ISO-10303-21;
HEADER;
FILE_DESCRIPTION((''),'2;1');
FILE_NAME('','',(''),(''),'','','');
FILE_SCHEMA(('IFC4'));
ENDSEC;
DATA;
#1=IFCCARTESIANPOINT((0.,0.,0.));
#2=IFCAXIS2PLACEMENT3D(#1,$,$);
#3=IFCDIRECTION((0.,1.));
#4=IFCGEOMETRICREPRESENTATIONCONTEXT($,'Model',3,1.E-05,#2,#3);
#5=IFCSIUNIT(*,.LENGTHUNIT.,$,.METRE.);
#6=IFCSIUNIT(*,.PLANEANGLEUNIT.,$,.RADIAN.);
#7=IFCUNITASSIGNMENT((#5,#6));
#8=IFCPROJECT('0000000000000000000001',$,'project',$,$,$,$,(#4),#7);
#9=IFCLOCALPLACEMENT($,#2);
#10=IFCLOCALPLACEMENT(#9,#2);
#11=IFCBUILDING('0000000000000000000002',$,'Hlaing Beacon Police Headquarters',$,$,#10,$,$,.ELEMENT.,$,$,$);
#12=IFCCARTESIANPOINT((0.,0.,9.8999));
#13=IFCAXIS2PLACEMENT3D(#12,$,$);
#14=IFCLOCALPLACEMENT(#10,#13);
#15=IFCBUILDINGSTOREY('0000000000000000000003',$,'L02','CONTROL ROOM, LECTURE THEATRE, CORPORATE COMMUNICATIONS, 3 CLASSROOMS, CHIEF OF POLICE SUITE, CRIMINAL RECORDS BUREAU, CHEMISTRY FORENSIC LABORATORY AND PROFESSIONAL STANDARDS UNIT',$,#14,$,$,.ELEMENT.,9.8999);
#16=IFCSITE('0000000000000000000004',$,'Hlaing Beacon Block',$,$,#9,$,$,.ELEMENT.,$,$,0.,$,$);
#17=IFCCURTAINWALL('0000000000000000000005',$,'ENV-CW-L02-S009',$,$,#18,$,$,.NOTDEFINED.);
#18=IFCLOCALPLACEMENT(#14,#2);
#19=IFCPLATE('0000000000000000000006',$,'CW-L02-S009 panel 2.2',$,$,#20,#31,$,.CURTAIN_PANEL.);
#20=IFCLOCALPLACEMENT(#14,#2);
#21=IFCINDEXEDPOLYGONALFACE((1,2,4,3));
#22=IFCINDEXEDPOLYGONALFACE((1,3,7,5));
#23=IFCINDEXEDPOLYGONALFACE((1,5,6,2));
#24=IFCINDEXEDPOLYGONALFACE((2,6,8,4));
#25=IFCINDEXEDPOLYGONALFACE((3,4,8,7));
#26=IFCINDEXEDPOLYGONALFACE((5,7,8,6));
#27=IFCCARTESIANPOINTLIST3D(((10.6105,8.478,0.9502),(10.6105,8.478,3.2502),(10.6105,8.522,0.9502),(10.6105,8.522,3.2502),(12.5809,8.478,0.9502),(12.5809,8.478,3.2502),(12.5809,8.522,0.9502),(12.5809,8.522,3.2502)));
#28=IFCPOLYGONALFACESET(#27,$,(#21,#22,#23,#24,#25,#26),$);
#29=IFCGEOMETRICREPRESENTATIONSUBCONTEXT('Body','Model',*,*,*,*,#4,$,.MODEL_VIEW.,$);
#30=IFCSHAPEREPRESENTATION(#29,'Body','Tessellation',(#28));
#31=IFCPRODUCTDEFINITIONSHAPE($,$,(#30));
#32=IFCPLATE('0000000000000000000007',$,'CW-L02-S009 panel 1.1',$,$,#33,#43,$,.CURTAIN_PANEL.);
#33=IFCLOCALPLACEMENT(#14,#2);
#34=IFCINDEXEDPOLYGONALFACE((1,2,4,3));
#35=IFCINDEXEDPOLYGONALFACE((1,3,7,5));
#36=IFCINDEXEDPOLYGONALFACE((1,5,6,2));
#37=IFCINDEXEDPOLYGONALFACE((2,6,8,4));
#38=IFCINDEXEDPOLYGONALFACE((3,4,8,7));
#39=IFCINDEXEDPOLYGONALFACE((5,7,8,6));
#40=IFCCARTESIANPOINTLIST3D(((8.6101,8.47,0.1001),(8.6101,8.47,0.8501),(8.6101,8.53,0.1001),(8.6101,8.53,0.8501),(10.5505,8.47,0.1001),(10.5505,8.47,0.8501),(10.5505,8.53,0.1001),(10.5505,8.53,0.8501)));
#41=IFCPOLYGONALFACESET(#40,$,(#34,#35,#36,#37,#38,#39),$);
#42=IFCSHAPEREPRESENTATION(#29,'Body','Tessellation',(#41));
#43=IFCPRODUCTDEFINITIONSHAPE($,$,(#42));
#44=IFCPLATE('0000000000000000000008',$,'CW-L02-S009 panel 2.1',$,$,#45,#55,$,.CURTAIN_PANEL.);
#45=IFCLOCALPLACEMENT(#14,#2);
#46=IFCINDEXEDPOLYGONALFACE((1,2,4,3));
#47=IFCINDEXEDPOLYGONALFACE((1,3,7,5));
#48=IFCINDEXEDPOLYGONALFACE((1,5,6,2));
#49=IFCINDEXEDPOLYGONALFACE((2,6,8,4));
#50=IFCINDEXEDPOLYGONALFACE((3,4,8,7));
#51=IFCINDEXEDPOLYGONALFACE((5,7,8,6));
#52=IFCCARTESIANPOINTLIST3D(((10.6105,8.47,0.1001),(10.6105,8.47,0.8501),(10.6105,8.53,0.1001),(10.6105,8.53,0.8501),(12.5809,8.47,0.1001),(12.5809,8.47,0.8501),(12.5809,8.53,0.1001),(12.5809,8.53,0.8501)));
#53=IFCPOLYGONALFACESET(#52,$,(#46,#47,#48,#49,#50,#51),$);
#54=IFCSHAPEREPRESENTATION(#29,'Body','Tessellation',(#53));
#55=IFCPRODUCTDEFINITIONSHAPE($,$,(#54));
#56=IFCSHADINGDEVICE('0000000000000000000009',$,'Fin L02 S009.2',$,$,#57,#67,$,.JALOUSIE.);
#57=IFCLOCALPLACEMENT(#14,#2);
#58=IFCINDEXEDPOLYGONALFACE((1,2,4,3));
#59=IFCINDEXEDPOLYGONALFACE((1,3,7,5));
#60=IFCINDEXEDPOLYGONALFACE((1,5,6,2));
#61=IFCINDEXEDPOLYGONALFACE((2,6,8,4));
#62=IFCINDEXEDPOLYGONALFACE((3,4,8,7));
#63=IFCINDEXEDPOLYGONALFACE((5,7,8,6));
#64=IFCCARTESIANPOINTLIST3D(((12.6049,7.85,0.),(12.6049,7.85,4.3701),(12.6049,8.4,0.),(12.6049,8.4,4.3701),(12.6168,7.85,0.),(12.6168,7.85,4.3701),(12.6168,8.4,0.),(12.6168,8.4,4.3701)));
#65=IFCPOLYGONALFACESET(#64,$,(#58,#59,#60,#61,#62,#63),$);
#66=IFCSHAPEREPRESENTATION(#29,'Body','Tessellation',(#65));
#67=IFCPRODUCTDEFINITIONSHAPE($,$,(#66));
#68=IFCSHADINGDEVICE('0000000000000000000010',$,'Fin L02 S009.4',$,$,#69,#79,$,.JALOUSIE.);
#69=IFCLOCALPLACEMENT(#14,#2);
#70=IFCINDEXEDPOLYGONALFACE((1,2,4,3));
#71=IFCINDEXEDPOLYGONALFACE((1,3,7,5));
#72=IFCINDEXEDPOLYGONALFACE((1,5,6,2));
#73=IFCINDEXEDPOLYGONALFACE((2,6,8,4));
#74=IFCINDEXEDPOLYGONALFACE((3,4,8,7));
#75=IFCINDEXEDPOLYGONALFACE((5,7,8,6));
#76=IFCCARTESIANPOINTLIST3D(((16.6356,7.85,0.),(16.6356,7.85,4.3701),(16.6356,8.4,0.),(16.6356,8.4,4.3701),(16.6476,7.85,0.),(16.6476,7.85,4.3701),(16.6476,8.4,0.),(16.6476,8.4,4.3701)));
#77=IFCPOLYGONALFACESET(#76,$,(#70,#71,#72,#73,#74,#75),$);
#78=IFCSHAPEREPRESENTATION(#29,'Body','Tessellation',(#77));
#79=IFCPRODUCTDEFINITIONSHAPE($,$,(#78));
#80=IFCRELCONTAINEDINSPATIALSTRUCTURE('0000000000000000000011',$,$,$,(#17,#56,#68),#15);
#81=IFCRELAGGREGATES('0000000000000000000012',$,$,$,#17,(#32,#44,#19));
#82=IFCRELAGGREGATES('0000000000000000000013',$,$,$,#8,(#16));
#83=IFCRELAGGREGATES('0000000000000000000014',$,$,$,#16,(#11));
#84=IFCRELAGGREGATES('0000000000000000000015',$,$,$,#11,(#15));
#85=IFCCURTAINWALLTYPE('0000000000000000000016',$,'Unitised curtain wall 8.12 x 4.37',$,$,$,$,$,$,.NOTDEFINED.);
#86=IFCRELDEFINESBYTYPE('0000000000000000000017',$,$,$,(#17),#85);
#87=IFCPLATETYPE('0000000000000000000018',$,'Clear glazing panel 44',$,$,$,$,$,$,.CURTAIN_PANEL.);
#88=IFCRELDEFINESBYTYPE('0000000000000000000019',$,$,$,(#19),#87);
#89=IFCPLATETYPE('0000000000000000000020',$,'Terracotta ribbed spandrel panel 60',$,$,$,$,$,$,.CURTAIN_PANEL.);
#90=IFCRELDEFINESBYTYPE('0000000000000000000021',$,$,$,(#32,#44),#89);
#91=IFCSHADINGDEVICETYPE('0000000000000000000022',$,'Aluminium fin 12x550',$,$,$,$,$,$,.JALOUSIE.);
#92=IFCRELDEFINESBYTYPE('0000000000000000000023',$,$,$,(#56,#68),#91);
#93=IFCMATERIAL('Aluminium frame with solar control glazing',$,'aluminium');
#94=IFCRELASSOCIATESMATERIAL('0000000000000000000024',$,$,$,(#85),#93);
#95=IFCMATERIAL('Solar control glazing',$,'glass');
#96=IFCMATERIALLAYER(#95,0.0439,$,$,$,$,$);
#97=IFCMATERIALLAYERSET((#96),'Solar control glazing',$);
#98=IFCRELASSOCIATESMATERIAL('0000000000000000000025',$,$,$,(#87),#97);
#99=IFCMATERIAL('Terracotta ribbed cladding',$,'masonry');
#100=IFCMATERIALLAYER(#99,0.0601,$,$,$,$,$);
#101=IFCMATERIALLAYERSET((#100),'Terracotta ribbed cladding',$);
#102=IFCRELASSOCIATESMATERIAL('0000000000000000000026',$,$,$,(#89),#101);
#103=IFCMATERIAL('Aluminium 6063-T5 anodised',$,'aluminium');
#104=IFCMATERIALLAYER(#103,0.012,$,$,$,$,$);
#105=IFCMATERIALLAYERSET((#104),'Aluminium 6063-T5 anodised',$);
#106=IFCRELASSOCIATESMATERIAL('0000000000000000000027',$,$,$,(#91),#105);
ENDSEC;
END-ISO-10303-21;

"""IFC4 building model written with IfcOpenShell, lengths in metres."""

from ifc_helpers import new_model, si_unit, direction, frame, origin, origin_2d, place, context, subcontext, project, spatial, rectangle, extrude, material, layer, layer_set, type_object, element, aggregate, save


model = new_model("IFC4")

# Units and contexts
model_context = context("Model", 3, precision=1e-05, world=origin(), true_north=direction((0.0, 1.0)))
body_context = subcontext(model_context, "Body", "Model", "MODEL_VIEW")
ifc_project = project(units=[si_unit("LENGTHUNIT", "METRE"), si_unit("PLANEANGLEUNIT", "RADIAN")], contexts=[model_context])

# Site, building, storey
site_placement = place(None, origin())
site = spatial("IfcSite", under=ifc_project, at=site_placement, Name="Hlaing Beacon Block", CompositionType="ELEMENT", RefElevation=0.0)
building_placement = place(site_placement, origin())
building = spatial("IfcBuilding", under=site, at=building_placement, Name="Hlaing Beacon Police Headquarters", CompositionType="ELEMENT")
storey_placement = place(building_placement, frame((0.0, 0.0, 9.8999)))
storey = spatial("IfcBuildingStorey", under=building, at=storey_placement, Name="L02", Description="CONTROL ROOM, LECTURE THEATRE, CORPORATE COMMUNICATIONS, 3 CLASSROOMS, CHIEF OF POLICE SUITE, CRIMINAL RECORDS BUREAU, CHEMISTRY FORENSIC LABORATORY AND PROFESSIONAL STANDARDS UNIT", CompositionType="ELEMENT", Elevation=9.8999)

# Curtain wall
ifc_material_1 = material(Name="Aluminium frame with solar control glazing", Category="aluminium")
curtain_wall_type = type_object("IfcCurtainWallType", Name="Unitised curtain wall 8.12 x 4.37", PredefinedType="NOTDEFINED", material=ifc_material_1)
curtain_wall_placement = place(storey_placement, origin())
curtain_wall = element("IfcCurtainWall", 1, at=curtain_wall_placement, inside=storey, type_object=curtain_wall_type, Name="ENV-CW-L02-S009", PredefinedType="NOTDEFINED")

# Plates
ifc_material_2 = material(Name="Solar control glazing", Category="glass")
ifc_layer_1 = layer(ifc_material_2, 0.0439)
ifc_layer_set_1 = layer_set([ifc_layer_1], Name="Solar control glazing")
plate_type_1 = type_object("IfcPlateType", Name="Clear glazing panel 44", PredefinedType="CURTAIN_PANEL", material=ifc_layer_set_1)
plate_1_placement = place(storey_placement, frame((11.5957, 8.5, 0.9502), z_axis=(0.0, 0.0, 1.0), x_axis=(1.0, 0.0, 0.0)))
plate_1 = element("IfcPlate", 2, at=plate_1_placement, type_object=plate_type_1, Name="CW-L02-S009 panel 2.2", PredefinedType="CURTAIN_PANEL", context=body_context, shape_type="SweptSolid", body=[
    extrude(rectangle(XDim=1.9705, YDim=0.0439, at=origin_2d()), origin(), (0.0, 0.0, 1.0), 2.3),
])
ifc_material_3 = material(Name="Terracotta ribbed cladding", Category="masonry")
ifc_layer_2 = layer(ifc_material_3, 0.0601)
ifc_layer_set_2 = layer_set([ifc_layer_2], Name="Terracotta ribbed cladding")
plate_type_2 = type_object("IfcPlateType", Name="Terracotta ribbed spandrel panel 60", PredefinedType="CURTAIN_PANEL", material=ifc_layer_set_2)
plate_2_placement = place(storey_placement, frame((9.5803, 8.5, 0.1001), z_axis=(0.0, 0.0, 1.0), x_axis=(1.0, 0.0, 0.0)))
plate_2 = element("IfcPlate", 3, at=plate_2_placement, type_object=plate_type_2, Name="CW-L02-S009 panel 1.1", PredefinedType="CURTAIN_PANEL", context=body_context, shape_type="SweptSolid", body=[
    extrude(rectangle(XDim=1.9404, YDim=0.0601, at=origin_2d()), origin(), (0.0, 0.0, 1.0), 0.75),
])
plate_3_placement = place(storey_placement, frame((11.5957, 8.5, 0.1001), z_axis=(0.0, 0.0, 1.0), x_axis=(1.0, 0.0, 0.0)))
plate_3 = element("IfcPlate", 4, at=plate_3_placement, type_object=plate_type_2, Name="CW-L02-S009 panel 2.1", PredefinedType="CURTAIN_PANEL", context=body_context, shape_type="SweptSolid", body=[
    extrude(rectangle(XDim=1.9705, YDim=0.0601, at=origin_2d()), origin(), (0.0, 0.0, 1.0), 0.75),
])
aggregate(curtain_wall, [plate_2, plate_3, plate_1])

# Shading devices
ifc_material_4 = material(Name="Aluminium 6063-T5 anodised", Category="aluminium")
ifc_layer_3 = layer(ifc_material_4, 0.012)
ifc_layer_set_3 = layer_set([ifc_layer_3], Name="Aluminium 6063-T5 anodised")
shading_device_type = type_object("IfcShadingDeviceType", Name="Aluminium fin 12x550", PredefinedType="JALOUSIE", material=ifc_layer_set_3)
for number, where, z_axis, x_axis, name in (
    (5, (12.6108, 8.125, 0.0), (0.0, 0.0, 1.0), (1.0, 0.0, 0.0), "Fin L02 S009.2"),
    (6, (16.6416, 8.125, 0.0), (0.0, 0.0, 1.0), (1.0, 0.0, 0.0), "Fin L02 S009.4"),
):
    element("IfcShadingDevice", number, at=place(storey_placement, frame(where, z_axis=z_axis, x_axis=x_axis)), inside=storey, type_object=shading_device_type, Name=name, PredefinedType="JALOUSIE", context=body_context, shape_type="SweptSolid", body=[
        extrude(rectangle(XDim=0.012, YDim=0.55, at=origin_2d()), origin(), (0.0, 0.0, 1.0), 4.3701),
    ])

save(model, "model.ifc")
